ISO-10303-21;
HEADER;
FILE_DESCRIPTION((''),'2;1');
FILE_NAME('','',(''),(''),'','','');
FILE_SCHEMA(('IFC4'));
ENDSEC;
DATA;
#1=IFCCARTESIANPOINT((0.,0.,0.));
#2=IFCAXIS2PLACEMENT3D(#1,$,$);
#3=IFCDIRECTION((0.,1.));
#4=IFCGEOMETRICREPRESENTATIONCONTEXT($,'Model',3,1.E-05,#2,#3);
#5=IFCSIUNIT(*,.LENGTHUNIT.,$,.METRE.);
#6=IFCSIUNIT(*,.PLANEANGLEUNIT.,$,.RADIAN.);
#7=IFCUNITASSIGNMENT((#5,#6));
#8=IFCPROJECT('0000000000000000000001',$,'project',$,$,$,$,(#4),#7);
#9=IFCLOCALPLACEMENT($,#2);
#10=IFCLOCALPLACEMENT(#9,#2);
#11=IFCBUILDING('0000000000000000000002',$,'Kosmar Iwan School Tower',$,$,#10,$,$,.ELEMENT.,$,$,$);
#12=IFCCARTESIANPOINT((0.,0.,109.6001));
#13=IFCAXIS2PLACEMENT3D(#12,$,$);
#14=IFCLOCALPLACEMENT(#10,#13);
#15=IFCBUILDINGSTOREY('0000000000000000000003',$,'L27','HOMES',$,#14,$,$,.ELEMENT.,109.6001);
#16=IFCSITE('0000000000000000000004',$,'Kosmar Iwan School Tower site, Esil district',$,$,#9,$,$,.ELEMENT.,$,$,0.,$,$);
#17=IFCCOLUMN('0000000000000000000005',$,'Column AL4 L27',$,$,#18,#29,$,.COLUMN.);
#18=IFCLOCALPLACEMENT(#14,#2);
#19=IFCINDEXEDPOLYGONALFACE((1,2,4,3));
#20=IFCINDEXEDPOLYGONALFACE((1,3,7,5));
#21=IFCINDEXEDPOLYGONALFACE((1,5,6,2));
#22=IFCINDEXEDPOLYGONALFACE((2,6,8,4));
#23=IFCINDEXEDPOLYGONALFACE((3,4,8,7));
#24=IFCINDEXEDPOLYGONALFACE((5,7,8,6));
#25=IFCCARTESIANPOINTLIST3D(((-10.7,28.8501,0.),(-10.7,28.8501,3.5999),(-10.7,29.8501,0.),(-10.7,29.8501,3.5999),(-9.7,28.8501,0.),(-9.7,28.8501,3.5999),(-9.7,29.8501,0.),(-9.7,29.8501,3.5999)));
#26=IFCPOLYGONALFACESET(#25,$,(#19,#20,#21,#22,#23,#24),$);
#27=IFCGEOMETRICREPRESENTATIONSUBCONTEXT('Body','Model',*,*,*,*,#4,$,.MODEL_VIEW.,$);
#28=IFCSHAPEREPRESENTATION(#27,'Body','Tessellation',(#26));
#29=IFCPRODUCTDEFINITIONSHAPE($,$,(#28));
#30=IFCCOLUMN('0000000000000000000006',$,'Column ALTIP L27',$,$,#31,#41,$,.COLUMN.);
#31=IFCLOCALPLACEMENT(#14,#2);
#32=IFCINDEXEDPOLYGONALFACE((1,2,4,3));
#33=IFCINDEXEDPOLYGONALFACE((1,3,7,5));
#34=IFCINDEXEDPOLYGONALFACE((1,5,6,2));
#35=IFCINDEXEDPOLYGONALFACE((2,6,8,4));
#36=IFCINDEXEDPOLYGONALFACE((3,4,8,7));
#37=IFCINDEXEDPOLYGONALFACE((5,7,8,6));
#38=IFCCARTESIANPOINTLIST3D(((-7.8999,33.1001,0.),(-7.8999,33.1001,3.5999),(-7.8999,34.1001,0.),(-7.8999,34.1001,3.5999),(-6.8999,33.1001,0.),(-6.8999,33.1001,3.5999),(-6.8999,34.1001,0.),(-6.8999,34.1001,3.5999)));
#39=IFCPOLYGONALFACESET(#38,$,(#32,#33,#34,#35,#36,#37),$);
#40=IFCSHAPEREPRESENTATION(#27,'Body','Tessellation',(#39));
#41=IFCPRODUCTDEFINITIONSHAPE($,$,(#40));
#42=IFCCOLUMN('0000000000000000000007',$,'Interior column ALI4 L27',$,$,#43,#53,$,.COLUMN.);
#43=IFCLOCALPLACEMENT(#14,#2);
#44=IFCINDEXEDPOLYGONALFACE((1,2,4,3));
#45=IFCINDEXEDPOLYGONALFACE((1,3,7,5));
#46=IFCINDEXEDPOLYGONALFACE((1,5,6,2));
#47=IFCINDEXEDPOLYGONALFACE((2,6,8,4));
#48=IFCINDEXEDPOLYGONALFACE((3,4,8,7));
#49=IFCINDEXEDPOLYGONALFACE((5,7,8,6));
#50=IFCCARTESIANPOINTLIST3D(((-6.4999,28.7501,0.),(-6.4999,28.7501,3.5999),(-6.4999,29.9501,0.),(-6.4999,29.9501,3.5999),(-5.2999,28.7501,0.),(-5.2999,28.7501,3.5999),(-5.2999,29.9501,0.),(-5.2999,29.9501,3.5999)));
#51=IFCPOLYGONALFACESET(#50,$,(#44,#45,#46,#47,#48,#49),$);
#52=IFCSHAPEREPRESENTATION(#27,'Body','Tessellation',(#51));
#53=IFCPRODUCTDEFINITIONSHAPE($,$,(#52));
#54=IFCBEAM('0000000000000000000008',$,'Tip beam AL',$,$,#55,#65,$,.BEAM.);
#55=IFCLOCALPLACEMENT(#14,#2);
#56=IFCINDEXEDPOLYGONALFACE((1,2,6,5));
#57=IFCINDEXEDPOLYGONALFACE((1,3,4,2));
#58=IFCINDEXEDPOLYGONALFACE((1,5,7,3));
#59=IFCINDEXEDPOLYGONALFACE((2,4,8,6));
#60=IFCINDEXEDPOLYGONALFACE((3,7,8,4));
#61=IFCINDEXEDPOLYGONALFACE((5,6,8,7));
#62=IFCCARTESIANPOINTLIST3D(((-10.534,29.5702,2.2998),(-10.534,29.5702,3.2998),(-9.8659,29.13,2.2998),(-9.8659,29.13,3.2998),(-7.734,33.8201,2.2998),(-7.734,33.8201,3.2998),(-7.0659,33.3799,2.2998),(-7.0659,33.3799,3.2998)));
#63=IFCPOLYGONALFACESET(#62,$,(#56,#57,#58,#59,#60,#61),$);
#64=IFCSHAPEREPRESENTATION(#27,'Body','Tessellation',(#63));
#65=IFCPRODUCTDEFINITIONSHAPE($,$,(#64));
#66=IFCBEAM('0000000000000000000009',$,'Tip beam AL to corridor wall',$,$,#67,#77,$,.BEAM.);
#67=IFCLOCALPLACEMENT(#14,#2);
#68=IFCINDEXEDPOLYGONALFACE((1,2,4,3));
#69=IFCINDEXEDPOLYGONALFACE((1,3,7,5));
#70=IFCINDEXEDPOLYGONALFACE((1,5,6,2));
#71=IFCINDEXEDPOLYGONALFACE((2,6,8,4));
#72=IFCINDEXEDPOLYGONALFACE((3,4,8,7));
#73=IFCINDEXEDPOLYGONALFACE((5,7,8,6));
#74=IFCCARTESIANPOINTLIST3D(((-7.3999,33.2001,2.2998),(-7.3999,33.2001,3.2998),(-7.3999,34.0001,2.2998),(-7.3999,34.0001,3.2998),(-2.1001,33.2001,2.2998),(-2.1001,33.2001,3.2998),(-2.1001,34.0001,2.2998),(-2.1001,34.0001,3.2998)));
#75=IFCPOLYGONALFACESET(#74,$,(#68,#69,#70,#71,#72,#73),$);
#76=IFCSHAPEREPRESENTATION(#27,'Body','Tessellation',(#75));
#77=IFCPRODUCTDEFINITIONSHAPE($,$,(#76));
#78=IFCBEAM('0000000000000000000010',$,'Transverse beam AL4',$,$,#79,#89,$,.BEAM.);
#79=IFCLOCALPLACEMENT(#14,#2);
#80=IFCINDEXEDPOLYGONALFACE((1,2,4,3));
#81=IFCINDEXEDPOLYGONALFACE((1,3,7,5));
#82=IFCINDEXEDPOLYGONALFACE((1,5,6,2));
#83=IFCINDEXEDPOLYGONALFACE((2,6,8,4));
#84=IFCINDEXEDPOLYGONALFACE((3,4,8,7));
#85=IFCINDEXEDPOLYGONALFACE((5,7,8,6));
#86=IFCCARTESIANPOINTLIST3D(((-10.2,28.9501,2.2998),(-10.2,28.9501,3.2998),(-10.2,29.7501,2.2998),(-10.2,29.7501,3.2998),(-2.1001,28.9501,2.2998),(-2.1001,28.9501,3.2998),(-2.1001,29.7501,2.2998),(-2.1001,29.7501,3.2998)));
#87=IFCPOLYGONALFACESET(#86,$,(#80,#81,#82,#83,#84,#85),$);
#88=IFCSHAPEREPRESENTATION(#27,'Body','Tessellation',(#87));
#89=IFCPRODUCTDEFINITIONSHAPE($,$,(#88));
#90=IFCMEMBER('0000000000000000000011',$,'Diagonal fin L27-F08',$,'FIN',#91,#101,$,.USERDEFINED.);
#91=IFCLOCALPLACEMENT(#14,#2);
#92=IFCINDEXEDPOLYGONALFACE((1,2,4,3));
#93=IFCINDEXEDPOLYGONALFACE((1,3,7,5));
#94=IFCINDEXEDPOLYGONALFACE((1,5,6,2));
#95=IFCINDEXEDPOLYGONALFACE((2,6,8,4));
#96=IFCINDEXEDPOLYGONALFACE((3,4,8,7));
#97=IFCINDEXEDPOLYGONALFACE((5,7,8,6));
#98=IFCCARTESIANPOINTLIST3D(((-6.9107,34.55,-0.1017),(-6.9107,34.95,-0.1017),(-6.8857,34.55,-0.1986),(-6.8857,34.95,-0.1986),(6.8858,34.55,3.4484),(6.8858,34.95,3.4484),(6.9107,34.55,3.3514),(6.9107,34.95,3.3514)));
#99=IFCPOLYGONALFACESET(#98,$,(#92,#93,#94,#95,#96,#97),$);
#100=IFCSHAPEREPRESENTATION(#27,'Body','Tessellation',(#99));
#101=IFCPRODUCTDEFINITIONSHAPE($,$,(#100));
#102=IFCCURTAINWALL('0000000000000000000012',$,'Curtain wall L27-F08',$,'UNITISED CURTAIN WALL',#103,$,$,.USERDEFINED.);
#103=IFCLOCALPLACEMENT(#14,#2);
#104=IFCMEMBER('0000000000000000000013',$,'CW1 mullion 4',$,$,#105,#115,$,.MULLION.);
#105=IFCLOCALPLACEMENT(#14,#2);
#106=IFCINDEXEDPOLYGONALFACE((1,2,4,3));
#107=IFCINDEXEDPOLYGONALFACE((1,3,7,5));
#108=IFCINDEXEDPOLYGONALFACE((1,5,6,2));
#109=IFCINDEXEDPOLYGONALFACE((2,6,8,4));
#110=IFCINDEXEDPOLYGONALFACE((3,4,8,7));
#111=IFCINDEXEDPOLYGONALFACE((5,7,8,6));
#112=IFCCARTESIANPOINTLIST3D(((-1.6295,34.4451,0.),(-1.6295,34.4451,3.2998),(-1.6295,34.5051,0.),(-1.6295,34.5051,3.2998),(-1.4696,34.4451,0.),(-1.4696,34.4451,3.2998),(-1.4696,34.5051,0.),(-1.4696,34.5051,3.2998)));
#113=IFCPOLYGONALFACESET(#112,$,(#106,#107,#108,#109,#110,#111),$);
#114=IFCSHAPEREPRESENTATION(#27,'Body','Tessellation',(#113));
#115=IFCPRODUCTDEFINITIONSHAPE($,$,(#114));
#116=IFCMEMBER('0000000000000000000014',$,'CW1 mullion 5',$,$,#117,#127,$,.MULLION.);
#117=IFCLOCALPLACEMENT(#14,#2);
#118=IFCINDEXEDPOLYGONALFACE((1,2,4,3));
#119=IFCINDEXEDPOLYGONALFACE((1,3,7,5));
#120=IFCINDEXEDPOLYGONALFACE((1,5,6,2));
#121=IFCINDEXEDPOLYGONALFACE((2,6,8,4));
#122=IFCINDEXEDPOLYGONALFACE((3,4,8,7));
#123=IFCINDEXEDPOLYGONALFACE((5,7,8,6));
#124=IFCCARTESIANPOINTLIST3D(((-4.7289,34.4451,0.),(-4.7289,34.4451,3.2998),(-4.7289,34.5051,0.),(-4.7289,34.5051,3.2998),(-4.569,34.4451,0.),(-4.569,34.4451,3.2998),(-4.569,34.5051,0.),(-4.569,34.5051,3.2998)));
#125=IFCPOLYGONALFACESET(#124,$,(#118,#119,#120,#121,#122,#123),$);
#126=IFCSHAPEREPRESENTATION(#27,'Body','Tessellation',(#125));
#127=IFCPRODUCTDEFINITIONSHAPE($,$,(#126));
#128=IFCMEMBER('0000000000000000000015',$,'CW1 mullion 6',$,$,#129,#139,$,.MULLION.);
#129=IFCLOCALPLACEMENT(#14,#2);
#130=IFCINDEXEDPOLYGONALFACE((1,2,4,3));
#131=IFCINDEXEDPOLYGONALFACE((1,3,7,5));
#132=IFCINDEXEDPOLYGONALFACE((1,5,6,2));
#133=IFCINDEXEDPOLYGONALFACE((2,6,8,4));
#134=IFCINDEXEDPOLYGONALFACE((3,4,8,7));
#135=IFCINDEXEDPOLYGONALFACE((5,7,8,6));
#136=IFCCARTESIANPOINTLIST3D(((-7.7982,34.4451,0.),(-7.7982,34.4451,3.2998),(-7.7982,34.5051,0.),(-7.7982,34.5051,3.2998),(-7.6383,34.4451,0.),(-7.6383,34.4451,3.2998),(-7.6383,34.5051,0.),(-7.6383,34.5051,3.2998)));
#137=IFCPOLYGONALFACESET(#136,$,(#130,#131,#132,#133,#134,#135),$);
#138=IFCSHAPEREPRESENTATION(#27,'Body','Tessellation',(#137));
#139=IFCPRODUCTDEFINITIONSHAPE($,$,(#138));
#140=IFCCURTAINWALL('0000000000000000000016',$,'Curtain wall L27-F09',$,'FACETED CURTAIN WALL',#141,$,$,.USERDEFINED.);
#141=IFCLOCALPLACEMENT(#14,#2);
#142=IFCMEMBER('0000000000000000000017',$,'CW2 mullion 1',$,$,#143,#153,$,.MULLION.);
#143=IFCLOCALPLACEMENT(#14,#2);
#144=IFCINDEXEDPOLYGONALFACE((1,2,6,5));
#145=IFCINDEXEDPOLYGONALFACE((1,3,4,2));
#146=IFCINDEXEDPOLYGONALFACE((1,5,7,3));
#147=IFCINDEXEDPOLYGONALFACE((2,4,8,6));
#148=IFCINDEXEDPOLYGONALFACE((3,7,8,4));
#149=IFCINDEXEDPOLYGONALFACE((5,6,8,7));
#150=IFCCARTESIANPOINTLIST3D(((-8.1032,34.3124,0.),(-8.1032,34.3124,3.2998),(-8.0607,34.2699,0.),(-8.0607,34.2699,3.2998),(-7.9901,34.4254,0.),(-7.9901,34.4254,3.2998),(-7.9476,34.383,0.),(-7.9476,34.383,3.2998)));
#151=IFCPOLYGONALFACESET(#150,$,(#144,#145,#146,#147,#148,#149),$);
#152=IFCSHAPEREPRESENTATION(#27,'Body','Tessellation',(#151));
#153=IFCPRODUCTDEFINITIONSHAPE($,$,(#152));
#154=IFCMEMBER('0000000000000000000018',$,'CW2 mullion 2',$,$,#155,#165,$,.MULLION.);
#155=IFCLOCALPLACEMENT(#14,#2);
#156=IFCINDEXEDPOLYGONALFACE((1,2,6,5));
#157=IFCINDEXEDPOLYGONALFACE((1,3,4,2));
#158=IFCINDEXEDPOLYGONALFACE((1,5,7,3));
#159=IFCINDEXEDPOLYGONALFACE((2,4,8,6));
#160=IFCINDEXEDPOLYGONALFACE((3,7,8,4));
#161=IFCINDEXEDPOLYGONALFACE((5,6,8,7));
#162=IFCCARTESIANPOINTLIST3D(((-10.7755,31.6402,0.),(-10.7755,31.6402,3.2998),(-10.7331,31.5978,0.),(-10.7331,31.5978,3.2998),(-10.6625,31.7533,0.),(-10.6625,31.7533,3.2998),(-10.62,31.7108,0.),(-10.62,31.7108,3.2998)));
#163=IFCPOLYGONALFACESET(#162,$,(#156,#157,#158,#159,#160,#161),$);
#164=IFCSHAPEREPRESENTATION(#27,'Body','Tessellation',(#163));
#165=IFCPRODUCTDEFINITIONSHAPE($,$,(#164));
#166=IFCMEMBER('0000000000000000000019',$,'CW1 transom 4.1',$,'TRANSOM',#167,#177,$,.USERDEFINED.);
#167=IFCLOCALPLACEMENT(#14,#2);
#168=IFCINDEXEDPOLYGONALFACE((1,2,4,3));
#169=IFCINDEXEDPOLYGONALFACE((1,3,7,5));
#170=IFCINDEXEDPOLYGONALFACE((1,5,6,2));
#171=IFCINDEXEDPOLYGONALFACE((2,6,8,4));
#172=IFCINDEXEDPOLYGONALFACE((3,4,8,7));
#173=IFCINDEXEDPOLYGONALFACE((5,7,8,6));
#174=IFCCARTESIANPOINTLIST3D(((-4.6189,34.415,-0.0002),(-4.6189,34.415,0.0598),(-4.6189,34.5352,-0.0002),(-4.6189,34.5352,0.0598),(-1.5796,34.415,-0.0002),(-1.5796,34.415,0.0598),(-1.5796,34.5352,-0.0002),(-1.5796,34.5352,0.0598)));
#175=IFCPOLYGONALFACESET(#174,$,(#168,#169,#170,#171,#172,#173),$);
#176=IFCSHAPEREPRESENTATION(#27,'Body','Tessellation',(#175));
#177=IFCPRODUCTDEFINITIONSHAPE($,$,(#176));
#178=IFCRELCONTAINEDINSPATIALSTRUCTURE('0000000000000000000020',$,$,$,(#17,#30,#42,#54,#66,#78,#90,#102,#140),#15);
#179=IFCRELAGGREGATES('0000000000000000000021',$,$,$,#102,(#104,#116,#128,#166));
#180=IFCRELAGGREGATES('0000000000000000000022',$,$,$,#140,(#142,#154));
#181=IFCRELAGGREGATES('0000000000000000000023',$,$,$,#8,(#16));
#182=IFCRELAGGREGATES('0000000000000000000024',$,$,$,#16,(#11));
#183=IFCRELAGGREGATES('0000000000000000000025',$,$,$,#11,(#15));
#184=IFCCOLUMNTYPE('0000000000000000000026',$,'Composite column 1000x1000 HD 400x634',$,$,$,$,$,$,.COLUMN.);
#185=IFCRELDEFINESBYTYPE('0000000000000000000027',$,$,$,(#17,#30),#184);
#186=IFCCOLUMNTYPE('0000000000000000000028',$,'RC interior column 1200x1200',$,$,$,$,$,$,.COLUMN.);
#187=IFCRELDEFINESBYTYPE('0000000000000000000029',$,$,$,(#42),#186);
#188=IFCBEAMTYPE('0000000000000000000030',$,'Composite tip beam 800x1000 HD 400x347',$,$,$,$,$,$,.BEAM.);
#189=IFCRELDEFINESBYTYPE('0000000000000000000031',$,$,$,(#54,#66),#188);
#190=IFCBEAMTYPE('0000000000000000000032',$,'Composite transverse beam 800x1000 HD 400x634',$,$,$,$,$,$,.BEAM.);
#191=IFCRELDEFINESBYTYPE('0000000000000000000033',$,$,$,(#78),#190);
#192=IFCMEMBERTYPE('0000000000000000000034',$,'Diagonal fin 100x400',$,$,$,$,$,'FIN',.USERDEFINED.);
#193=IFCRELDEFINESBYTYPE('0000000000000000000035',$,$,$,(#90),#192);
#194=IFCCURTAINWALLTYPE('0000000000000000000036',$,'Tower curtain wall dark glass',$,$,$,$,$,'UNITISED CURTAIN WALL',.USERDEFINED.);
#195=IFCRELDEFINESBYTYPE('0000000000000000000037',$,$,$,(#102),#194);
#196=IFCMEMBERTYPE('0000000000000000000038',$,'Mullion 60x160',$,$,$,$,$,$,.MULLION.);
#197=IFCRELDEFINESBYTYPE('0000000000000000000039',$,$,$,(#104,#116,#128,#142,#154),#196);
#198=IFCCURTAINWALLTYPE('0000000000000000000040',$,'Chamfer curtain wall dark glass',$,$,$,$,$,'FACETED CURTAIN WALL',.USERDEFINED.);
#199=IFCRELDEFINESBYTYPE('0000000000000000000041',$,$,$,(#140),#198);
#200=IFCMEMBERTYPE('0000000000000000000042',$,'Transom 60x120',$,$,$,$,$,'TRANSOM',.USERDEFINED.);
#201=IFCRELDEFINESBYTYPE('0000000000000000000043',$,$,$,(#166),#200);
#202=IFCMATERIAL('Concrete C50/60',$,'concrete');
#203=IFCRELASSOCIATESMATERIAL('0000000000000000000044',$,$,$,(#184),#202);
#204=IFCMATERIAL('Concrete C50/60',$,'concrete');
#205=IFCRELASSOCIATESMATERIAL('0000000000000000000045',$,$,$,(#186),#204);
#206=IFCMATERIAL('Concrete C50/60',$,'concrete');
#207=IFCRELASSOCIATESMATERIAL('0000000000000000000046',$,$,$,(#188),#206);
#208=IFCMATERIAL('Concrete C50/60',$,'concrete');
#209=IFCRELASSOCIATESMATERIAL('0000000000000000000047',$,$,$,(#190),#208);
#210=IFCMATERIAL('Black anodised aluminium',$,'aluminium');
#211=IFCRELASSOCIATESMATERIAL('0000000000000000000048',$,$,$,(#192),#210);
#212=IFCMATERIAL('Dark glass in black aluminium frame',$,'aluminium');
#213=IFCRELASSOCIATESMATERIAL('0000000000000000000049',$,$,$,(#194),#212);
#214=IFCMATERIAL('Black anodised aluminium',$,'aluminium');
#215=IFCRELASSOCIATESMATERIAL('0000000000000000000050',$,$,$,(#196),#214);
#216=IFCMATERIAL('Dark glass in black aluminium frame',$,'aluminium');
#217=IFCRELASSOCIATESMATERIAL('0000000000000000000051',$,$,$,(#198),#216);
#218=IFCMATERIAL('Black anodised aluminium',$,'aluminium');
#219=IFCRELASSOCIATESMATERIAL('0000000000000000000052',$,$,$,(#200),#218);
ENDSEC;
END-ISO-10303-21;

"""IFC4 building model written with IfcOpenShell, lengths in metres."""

from ifc_helpers import new_model, si_unit, direction, frame, origin, origin_2d, place, context, subcontext, project, spatial, rectangle, extrude, material, material_profile, profile_set, type_object, element, aggregate, save


model = new_model("IFC4")

# Units and contexts
model_context = context("Model", 3, precision=1e-05, world=origin(), true_north=direction((0.0, 1.0)))
body_context = subcontext(model_context, "Body", "Model", "MODEL_VIEW")
ifc_project = project(units=[si_unit("LENGTHUNIT", "METRE"), si_unit("PLANEANGLEUNIT", "RADIAN")], contexts=[model_context])

# Site, building, storey
site_placement = place(None, origin())
site = spatial("IfcSite", under=ifc_project, at=site_placement, Name="Kosmar Iwan School Tower site, Esil district", CompositionType="ELEMENT", RefElevation=0.0)
building_placement = place(site_placement, origin())
building = spatial("IfcBuilding", under=site, at=building_placement, Name="Kosmar Iwan School Tower", CompositionType="ELEMENT")
storey_placement = place(building_placement, frame((0.0, 0.0, 109.6001)))
storey = spatial("IfcBuildingStorey", under=building, at=storey_placement, Name="L27", Description="HOMES", CompositionType="ELEMENT", Elevation=109.6001)

# Columns
ifc_material_1 = material(Name="Concrete C50/60", Category="concrete")
ifc_material_profile_1 = material_profile(ifc_material_1, rectangle(XDim=1.0, YDim=1.0, at=origin_2d()), Name="RC 1000x1000 + HD 400x634")
ifc_profile_set_1 = profile_set([ifc_material_profile_1], Name="Concrete C50/60")
column_type_1 = type_object("IfcColumnType", Name="Composite column 1000x1000 HD 400x634", PredefinedType="COLUMN", material=ifc_profile_set_1)
for number, where, z_axis, x_axis, name in (
    (1, (-10.2, 29.3501, 0.0), (0.0, 0.0, 1.0), (0.0, 1.0, 0.0), "Column AL4 L27"),
    (2, (-7.3999, 33.6001, 0.0), (0.0, 0.0, 1.0), (0.0, 1.0, 0.0), "Column ALTIP L27"),
):
    element("IfcColumn", number, at=place(storey_placement, frame(where, z_axis=z_axis, x_axis=x_axis)), inside=storey, type_object=column_type_1, Name=name, PredefinedType="COLUMN", context=body_context, shape_type="SweptSolid", body=[
        extrude(rectangle(XDim=1.0, YDim=1.0, at=origin_2d()), origin(), (0.0, 0.0, 1.0), 3.5999),
    ])
ifc_material_2 = material(Name="Concrete C50/60", Category="concrete")
ifc_material_profile_2 = material_profile(ifc_material_2, rectangle(XDim=1.2, YDim=1.2, at=origin_2d()), Name="RC 1200x1200")
ifc_profile_set_2 = profile_set([ifc_material_profile_2], Name="Concrete C50/60")
column_type_2 = type_object("IfcColumnType", Name="RC interior column 1200x1200", PredefinedType="COLUMN", material=ifc_profile_set_2)
column_placement = place(storey_placement, frame((-5.8999, 29.3501, 0.0), z_axis=(0.0, 0.0, 1.0), x_axis=(0.0, 1.0, 0.0)))
element("IfcColumn", 3, at=column_placement, inside=storey, type_object=column_type_2, Name="Interior column ALI4 L27", PredefinedType="COLUMN", context=body_context, shape_type="SweptSolid", body=[
    extrude(rectangle(XDim=1.2, YDim=1.2, at=origin_2d()), origin(), (0.0, 0.0, 1.0), 3.5999),
])

# Beams
ifc_material_3 = material(Name="Concrete C50/60", Category="concrete")
ifc_material_profile_3 = material_profile(ifc_material_3, rectangle(XDim=0.8, YDim=1.0, at=origin_2d()), Name="RC 800x1000 + HD 400x347")
ifc_profile_set_3 = profile_set([ifc_material_profile_3], Name="Concrete C50/60")
beam_type_1 = type_object("IfcBeamType", Name="Composite tip beam 800x1000 HD 400x347", PredefinedType="BEAM", material=ifc_profile_set_3)
beam_1_placement = place(storey_placement, frame((-10.2, 29.3501, 2.7998), z_axis=(0.550164, 0.835056, 0.0), x_axis=(-0.835056, 0.550164, 0.0)))
element("IfcBeam", 4, at=beam_1_placement, inside=storey, type_object=beam_type_1, Name="Tip beam AL", PredefinedType="BEAM", context=body_context, shape_type="SweptSolid", body=[
    extrude(rectangle(XDim=0.8, YDim=1.0, at=origin_2d()), origin(), (0.0, 0.0, 1.0), 5.0894),
])
beam_2_placement = place(storey_placement, frame((-7.3999, 33.6001, 2.7998), z_axis=(1.0, 0.0, 0.0), x_axis=(0.0, 1.0, 0.0)))
element("IfcBeam", 5, at=beam_2_placement, inside=storey, type_object=beam_type_1, Name="Tip beam AL to corridor wall", PredefinedType="BEAM", context=body_context, shape_type="SweptSolid", body=[
    extrude(rectangle(XDim=0.8, YDim=1.0, at=origin_2d()), origin(), (0.0, 0.0, 1.0), 5.2998),
])
ifc_material_4 = material(Name="Concrete C50/60", Category="concrete")
ifc_material_profile_4 = material_profile(ifc_material_4, rectangle(XDim=0.8, YDim=1.0, at=origin_2d()), Name="RC 800x1000 + HD 400x634")
ifc_profile_set_4 = profile_set([ifc_material_profile_4], Name="Concrete C50/60")
beam_type_2 = type_object("IfcBeamType", Name="Composite transverse beam 800x1000 HD 400x634", PredefinedType="BEAM", material=ifc_profile_set_4)
beam_3_placement = place(storey_placement, frame((-10.2, 29.3501, 2.7998), z_axis=(1.0, 0.0, 0.0), x_axis=(0.0, 1.0, 0.0)))
element("IfcBeam", 6, at=beam_3_placement, inside=storey, type_object=beam_type_2, Name="Transverse beam AL4", PredefinedType="BEAM", context=body_context, shape_type="SweptSolid", body=[
    extrude(rectangle(XDim=0.8, YDim=1.0, at=origin_2d()), origin(), (0.0, 0.0, 1.0), 8.0999),
])

# Member
ifc_material_5 = material(Name="Black anodised aluminium", Category="aluminium")
ifc_material_profile_5 = material_profile(ifc_material_5, rectangle(XDim=0.1001, YDim=0.3999, at=origin_2d()), Name="FIN 100x400")
ifc_profile_set_5 = profile_set([ifc_material_profile_5], Name="Black anodised aluminium")
member_type_1 = type_object("IfcMemberType", Name="Diagonal fin 100x400", ElementType="FIN", PredefinedType="USERDEFINED", material=ifc_profile_set_5)
member_1_placement = place(storey_placement, frame((-6.8982, 34.75, -0.1501), z_axis=(0.968452, 0.0, 0.249199), x_axis=(-0.249199, 0.0, 0.968452)))
element("IfcMember", 7, at=member_1_placement, inside=storey, type_object=member_type_1, Name="Diagonal fin L27-F08", ObjectType="FIN", PredefinedType="USERDEFINED", context=body_context, shape_type="SweptSolid", body=[
    extrude(rectangle(XDim=0.1001, YDim=0.3999, at=origin_2d()), origin(), (0.0, 0.0, 1.0), 14.2458),
])

# Curtain walls, members
ifc_material_6 = material(Name="Dark glass in black aluminium frame", Category="aluminium")
curtain_wall_type_1 = type_object("IfcCurtainWallType", Name="Tower curtain wall dark glass", ElementType="UNITISED CURTAIN WALL", PredefinedType="USERDEFINED", material=ifc_material_6)
curtain_wall_1_placement = place(storey_placement, origin())
curtain_wall_1 = element("IfcCurtainWall", 8, at=curtain_wall_1_placement, inside=storey, type_object=curtain_wall_type_1, Name="Curtain wall L27-F08", ObjectType="UNITISED CURTAIN WALL", PredefinedType="USERDEFINED")
ifc_material_7 = material(Name="Black anodised aluminium", Category="aluminium")
ifc_material_profile_6 = material_profile(ifc_material_7, rectangle(XDim=0.0601, YDim=0.1599, at=origin_2d()), Name="MULLION 60x160")
ifc_profile_set_6 = profile_set([ifc_material_profile_6], Name="Black anodised aluminium")
member_type_2 = type_object("IfcMemberType", Name="Mullion 60x160", PredefinedType="MULLION", material=ifc_profile_set_6)
member_2_placement = place(storey_placement, frame((-1.5496, 34.4751, 0.0), z_axis=(0.0, 0.0, 1.0), x_axis=(0.0, -1.0, 0.0)))
member_2 = element("IfcMember", 9, at=member_2_placement, type_object=member_type_2, Name="CW1 mullion 4", PredefinedType="MULLION", context=body_context, shape_type="SweptSolid", body=[
    extrude(rectangle(XDim=0.0601, YDim=0.1599, at=origin_2d()), origin(), (0.0, 0.0, 1.0), 3.2998),
])
member_3_placement = place(storey_placement, frame((-4.6489, 34.4751, 0.0), z_axis=(0.0, 0.0, 1.0), x_axis=(0.0, -1.0, 0.0)))
member_3 = element("IfcMember", 10, at=member_3_placement, type_object=member_type_2, Name="CW1 mullion 5", PredefinedType="MULLION", context=body_context, shape_type="SweptSolid", body=[
    extrude(rectangle(XDim=0.0601, YDim=0.1599, at=origin_2d()), origin(), (0.0, 0.0, 1.0), 3.2998),
])
member_4_placement = place(storey_placement, frame((-7.7183, 34.4751, 0.0), z_axis=(0.0, 0.0, 1.0), x_axis=(0.0, -1.0, 0.0)))
member_4 = element("IfcMember", 11, at=member_4_placement, type_object=member_type_2, Name="CW1 mullion 6", PredefinedType="MULLION", context=body_context, shape_type="SweptSolid", body=[
    extrude(rectangle(XDim=0.0601, YDim=0.1599, at=origin_2d()), origin(), (0.0, 0.0, 1.0), 3.2998),
])
ifc_material_8 = material(Name="Dark glass in black aluminium frame", Category="aluminium")
curtain_wall_type_2 = type_object("IfcCurtainWallType", Name="Chamfer curtain wall dark glass", ElementType="FACETED CURTAIN WALL", PredefinedType="USERDEFINED", material=ifc_material_8)
curtain_wall_2_placement = place(storey_placement, origin())
curtain_wall_2 = element("IfcCurtainWall", 12, at=curtain_wall_2_placement, inside=storey, type_object=curtain_wall_type_2, Name="Curtain wall L27-F09", ObjectType="FACETED CURTAIN WALL", PredefinedType="USERDEFINED")
member_5_placement = place(storey_placement, frame((-8.0254, 34.3477, 0.0), z_axis=(0.0, 0.0, 1.0), x_axis=(0.707107, -0.707107, 0.0)))
member_5 = element("IfcMember", 13, at=member_5_placement, type_object=member_type_2, Name="CW2 mullion 1", PredefinedType="MULLION", context=body_context, shape_type="SweptSolid", body=[
    extrude(rectangle(XDim=0.0601, YDim=0.1599, at=origin_2d()), origin(), (0.0, 0.0, 1.0), 3.2998),
])
member_6_placement = place(storey_placement, frame((-10.6978, 31.6755, 0.0), z_axis=(0.0, 0.0, 1.0), x_axis=(0.707107, -0.707107, 0.0)))
member_6 = element("IfcMember", 14, at=member_6_placement, type_object=member_type_2, Name="CW2 mullion 2", PredefinedType="MULLION", context=body_context, shape_type="SweptSolid", body=[
    extrude(rectangle(XDim=0.0601, YDim=0.1599, at=origin_2d()), origin(), (0.0, 0.0, 1.0), 3.2998),
])

# Member
ifc_material_9 = material(Name="Black anodised aluminium", Category="aluminium")
ifc_material_profile_7 = material_profile(ifc_material_9, rectangle(XDim=0.1201, YDim=0.0601, at=origin_2d()), Name="TRANSOM 60x120")
ifc_profile_set_7 = profile_set([ifc_material_profile_7], Name="Black anodised aluminium")
member_type_3 = type_object("IfcMemberType", Name="Transom 60x120", ElementType="TRANSOM", PredefinedType="USERDEFINED", material=ifc_profile_set_7)
member_7_placement = place(storey_placement, frame((-1.5796, 34.4751, 0.0298), z_axis=(-1.0, 0.0, 0.0), x_axis=(0.0, -1.0, 0.0)))
member_7 = element("IfcMember", 15, at=member_7_placement, type_object=member_type_3, Name="CW1 transom 4.1", ObjectType="TRANSOM", PredefinedType="USERDEFINED", context=body_context, shape_type="SweptSolid", body=[
    extrude(rectangle(XDim=0.1201, YDim=0.0601, at=origin_2d()), origin(), (0.0, 0.0, 1.0), 3.0393),
])

aggregate(curtain_wall_1, [member_2, member_3, member_4, member_7])
aggregate(curtain_wall_2, [member_5, member_6])

save(model, "model.ifc")
